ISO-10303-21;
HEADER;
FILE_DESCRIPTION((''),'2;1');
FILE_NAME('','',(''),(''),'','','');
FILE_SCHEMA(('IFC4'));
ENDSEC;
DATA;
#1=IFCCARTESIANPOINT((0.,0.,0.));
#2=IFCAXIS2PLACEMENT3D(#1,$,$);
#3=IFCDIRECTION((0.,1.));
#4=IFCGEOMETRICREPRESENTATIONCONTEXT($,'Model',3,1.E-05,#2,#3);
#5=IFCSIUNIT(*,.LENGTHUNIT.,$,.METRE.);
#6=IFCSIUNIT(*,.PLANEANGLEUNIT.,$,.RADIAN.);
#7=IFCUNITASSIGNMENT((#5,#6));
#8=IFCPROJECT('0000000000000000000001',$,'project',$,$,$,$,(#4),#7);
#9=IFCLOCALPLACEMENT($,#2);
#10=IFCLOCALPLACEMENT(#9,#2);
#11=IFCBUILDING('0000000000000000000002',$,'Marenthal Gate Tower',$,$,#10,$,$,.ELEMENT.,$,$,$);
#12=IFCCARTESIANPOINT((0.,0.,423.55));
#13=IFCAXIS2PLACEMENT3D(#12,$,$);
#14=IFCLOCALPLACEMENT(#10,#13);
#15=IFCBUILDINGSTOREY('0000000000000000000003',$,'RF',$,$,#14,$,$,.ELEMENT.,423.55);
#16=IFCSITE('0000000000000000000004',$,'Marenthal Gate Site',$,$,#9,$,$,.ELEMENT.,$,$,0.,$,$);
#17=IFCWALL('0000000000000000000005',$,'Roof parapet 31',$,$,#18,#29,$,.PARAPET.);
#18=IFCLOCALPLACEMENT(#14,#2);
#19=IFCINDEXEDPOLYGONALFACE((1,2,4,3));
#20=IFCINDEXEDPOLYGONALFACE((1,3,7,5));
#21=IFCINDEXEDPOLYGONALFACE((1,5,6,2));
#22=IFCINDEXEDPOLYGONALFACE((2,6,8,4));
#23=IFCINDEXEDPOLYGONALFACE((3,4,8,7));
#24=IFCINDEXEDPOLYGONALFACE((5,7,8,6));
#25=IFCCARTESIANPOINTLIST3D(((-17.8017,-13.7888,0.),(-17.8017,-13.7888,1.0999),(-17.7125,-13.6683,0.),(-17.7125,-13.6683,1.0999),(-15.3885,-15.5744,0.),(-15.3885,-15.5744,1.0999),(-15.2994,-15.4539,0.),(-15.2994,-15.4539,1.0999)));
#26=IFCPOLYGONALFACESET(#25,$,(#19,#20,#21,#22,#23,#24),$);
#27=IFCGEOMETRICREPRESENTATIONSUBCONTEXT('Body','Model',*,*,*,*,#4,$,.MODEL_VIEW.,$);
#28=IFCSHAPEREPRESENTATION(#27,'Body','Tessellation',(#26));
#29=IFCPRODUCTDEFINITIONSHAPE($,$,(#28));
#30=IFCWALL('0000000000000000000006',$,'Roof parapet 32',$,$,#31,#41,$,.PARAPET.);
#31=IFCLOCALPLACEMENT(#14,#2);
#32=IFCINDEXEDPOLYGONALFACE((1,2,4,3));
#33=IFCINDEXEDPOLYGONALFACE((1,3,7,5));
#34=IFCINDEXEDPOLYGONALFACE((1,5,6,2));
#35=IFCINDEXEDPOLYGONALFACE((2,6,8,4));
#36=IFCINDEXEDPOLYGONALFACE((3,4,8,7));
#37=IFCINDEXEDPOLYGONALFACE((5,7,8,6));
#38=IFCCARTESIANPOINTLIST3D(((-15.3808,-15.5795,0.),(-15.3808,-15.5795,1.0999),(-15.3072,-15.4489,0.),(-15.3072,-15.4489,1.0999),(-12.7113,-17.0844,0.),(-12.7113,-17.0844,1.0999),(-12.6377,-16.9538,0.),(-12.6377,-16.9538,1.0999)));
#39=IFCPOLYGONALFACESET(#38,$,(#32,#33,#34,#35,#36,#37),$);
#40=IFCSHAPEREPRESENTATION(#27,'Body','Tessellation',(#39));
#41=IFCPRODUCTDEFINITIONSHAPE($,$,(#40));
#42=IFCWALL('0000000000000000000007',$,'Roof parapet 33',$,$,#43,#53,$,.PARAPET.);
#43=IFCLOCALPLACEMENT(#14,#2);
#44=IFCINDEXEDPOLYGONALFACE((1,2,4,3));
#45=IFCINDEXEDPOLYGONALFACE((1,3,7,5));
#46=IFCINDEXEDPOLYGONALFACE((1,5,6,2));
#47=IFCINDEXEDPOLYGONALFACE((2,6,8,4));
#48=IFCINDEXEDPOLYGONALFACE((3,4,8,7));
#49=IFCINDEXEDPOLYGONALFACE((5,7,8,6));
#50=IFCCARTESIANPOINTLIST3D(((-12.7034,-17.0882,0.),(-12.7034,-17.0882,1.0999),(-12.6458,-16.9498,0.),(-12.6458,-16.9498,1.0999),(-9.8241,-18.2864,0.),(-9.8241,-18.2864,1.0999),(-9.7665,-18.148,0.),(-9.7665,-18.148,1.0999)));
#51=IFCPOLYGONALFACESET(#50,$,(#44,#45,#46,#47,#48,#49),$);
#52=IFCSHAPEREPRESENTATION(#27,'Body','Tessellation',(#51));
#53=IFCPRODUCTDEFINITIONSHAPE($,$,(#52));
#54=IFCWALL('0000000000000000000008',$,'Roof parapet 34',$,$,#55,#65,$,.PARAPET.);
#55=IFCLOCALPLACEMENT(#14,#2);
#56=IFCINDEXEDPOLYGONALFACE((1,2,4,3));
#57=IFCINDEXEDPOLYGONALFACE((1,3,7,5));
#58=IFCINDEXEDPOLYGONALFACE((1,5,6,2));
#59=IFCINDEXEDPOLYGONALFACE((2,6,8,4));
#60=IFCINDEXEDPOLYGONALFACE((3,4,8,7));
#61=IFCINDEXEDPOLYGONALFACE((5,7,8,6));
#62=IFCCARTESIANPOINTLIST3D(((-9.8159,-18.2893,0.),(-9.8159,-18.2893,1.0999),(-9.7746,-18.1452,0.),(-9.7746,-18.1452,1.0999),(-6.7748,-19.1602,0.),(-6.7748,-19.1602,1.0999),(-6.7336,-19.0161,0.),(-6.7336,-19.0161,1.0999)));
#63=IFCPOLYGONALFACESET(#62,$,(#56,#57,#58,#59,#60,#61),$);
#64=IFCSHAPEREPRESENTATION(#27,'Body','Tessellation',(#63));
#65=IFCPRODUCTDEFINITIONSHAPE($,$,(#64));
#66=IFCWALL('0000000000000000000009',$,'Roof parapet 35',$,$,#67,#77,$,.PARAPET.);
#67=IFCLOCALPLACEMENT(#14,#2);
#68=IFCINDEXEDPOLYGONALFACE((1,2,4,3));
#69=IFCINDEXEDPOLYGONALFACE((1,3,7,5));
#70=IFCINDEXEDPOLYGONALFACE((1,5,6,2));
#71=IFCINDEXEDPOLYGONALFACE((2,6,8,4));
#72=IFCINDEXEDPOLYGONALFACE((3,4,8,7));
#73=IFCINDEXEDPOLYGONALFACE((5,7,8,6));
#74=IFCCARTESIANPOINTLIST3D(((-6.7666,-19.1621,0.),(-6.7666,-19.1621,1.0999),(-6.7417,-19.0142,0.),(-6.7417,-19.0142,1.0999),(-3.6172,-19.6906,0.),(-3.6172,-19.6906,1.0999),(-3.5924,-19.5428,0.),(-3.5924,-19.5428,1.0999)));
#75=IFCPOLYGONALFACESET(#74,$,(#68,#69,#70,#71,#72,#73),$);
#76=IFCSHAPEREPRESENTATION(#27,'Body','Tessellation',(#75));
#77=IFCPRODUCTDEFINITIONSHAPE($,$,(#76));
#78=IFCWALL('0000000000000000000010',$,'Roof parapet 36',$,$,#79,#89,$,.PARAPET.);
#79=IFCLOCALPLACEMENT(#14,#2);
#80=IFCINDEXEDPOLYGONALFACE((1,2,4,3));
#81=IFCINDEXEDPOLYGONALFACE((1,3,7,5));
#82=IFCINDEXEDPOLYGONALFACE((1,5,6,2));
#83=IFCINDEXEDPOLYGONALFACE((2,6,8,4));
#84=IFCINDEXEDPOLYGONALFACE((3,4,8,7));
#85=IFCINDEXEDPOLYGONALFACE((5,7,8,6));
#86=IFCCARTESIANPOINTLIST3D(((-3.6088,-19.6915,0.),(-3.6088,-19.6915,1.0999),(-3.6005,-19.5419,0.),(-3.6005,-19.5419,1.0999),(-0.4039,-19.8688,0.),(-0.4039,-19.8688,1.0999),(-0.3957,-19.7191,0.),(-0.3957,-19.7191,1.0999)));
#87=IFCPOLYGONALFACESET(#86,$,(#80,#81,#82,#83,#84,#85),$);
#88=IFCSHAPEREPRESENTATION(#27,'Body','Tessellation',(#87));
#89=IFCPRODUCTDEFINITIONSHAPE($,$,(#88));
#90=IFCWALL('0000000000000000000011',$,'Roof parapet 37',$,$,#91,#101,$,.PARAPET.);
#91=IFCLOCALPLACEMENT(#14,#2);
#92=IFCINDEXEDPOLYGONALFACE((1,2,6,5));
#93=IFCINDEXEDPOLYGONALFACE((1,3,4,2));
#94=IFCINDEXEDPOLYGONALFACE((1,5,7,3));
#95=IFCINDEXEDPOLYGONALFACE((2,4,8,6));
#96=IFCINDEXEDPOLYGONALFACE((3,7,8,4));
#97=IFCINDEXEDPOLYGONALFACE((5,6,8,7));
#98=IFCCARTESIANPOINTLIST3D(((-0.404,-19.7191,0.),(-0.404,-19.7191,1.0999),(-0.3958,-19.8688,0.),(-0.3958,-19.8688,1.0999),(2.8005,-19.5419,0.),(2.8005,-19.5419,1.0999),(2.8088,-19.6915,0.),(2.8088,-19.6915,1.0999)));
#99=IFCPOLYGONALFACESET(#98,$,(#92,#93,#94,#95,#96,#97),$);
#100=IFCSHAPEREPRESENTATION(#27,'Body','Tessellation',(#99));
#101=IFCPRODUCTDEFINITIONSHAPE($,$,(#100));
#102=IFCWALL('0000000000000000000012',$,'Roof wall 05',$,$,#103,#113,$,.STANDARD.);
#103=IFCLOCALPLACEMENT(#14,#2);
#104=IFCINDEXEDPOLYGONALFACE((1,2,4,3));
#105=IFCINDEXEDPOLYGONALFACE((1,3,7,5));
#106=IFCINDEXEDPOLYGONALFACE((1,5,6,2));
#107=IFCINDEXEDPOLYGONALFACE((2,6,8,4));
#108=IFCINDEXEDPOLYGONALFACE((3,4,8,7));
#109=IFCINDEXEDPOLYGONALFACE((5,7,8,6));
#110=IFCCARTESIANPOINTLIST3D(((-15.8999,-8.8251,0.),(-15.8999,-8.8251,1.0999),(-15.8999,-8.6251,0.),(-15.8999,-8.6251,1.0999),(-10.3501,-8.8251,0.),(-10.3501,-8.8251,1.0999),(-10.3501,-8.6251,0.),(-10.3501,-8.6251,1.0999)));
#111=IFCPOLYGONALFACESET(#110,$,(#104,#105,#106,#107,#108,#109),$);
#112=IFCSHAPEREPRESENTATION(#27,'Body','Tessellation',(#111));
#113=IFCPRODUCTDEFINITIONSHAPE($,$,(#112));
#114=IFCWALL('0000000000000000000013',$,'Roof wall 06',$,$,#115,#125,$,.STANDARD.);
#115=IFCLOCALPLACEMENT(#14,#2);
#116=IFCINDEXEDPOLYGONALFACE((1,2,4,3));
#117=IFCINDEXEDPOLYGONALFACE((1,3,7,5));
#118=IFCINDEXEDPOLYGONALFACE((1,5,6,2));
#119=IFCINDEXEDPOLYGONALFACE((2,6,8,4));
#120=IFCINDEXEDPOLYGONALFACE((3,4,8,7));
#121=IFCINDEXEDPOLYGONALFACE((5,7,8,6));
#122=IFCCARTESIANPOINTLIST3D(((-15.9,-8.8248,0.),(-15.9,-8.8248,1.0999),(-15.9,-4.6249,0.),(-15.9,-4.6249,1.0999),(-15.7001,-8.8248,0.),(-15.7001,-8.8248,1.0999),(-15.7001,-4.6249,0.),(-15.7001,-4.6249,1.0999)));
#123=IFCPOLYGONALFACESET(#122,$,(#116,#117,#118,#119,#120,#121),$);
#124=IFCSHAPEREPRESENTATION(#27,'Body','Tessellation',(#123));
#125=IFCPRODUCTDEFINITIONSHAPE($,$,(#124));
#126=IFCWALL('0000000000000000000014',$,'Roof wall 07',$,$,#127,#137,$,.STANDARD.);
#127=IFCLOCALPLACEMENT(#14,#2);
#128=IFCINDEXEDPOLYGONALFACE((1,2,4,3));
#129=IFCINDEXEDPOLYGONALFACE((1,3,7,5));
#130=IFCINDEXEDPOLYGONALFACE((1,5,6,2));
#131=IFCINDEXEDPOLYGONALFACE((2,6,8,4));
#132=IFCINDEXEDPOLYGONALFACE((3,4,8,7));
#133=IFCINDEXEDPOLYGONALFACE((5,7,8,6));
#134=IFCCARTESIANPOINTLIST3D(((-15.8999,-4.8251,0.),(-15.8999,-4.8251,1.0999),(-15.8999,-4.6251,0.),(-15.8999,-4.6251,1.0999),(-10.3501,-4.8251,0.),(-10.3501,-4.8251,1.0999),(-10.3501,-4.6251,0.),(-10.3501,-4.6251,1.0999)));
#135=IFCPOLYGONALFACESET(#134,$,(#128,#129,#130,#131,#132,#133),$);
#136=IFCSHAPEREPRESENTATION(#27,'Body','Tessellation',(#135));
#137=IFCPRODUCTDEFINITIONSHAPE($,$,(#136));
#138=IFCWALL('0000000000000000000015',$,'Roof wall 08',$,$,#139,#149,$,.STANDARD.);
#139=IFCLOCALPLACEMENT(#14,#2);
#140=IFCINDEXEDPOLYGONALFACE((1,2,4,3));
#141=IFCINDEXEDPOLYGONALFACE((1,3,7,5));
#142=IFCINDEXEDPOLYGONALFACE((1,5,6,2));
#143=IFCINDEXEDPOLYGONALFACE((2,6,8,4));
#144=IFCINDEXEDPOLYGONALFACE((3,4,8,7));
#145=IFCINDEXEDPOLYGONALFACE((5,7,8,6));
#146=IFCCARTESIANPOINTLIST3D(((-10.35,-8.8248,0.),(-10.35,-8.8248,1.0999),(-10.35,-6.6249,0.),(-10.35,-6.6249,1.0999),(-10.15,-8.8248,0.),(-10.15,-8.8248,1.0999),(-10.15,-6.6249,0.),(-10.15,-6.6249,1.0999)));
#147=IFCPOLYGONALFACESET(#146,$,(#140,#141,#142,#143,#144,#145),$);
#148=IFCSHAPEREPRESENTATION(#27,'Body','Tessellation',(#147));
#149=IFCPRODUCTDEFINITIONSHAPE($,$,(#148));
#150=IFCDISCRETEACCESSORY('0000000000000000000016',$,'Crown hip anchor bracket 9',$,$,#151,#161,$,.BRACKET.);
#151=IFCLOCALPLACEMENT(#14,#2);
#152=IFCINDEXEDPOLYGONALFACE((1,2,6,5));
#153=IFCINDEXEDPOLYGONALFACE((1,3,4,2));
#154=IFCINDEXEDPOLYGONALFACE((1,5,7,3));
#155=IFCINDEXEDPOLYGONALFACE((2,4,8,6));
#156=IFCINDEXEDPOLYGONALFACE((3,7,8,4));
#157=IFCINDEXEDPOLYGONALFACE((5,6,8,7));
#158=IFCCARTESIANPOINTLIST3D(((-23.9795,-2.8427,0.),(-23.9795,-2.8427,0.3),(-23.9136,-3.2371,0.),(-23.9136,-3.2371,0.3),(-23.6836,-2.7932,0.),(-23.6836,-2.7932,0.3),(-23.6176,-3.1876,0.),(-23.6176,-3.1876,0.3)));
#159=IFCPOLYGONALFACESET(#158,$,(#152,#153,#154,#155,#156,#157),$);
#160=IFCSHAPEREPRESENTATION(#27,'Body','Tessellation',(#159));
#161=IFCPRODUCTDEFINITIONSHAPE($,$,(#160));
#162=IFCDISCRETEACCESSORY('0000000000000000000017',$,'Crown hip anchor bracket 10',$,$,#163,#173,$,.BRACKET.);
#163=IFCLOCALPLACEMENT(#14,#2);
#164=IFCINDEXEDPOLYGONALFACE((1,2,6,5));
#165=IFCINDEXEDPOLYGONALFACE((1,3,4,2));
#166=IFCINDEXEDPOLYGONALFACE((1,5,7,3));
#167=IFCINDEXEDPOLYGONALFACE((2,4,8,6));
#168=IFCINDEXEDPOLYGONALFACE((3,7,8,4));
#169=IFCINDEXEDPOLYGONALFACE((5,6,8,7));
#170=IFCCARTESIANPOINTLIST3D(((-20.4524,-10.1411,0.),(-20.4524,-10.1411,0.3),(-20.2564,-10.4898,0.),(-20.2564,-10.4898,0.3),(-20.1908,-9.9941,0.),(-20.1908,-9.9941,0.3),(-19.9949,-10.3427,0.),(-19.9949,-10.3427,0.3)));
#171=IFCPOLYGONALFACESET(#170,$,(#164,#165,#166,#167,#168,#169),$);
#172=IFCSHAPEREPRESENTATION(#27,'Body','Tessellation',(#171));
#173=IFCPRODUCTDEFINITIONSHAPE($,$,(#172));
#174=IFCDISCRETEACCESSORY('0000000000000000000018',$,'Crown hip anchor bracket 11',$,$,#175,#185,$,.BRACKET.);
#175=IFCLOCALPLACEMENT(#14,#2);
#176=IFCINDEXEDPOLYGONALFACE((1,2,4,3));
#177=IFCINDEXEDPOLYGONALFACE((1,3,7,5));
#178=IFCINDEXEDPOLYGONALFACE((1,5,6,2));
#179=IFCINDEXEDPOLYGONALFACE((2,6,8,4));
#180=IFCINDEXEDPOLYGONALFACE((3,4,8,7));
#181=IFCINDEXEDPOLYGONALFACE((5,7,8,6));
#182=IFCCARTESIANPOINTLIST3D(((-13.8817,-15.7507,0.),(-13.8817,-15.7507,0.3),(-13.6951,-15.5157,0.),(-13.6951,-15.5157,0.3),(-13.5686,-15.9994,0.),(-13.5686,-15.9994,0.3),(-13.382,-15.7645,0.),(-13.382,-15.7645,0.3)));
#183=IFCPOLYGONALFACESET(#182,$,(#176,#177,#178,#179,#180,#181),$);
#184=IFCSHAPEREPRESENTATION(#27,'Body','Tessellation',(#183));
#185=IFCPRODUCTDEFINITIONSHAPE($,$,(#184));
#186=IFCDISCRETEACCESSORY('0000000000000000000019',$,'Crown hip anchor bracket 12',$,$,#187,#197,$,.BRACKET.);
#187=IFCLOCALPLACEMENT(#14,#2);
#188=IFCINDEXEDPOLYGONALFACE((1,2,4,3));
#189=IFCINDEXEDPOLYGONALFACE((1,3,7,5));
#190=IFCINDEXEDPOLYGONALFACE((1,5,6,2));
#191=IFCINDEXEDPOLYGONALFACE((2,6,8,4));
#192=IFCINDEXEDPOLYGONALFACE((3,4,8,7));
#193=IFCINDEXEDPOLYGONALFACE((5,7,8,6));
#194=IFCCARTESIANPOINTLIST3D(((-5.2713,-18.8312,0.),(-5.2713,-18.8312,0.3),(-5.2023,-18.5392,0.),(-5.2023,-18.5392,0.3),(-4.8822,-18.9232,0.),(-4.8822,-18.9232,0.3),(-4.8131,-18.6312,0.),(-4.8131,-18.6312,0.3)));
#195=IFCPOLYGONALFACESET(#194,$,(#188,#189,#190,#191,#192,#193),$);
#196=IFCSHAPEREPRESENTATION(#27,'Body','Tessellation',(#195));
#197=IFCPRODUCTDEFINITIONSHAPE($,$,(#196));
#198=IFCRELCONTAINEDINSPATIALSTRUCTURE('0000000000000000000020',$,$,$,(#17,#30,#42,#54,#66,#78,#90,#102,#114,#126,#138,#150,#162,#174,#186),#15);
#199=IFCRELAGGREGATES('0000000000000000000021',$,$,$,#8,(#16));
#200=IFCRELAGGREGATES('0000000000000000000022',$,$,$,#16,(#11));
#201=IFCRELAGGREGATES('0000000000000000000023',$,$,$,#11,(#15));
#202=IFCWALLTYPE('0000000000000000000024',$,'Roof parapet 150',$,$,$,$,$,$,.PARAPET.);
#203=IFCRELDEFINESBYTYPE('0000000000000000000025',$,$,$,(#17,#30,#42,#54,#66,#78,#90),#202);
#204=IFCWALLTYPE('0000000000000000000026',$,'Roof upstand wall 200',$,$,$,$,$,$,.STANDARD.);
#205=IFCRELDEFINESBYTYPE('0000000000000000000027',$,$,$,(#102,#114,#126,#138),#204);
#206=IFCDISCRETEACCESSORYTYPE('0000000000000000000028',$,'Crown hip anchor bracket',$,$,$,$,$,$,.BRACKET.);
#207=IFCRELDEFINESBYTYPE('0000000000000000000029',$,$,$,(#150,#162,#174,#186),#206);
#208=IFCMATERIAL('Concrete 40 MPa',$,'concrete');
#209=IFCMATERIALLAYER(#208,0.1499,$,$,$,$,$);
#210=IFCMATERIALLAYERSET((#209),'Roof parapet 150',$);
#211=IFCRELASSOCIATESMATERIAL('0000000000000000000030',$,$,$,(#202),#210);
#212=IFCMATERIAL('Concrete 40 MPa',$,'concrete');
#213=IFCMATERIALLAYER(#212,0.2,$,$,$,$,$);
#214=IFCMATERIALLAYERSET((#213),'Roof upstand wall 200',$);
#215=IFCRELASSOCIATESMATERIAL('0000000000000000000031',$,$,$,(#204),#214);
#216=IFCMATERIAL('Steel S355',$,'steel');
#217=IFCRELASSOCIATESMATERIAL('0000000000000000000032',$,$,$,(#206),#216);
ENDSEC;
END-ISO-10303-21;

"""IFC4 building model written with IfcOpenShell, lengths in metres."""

from ifc_helpers import new_model, si_unit, direction, frame, frame_2d, origin, origin_2d, place, context, subcontext, project, spatial, rectangle, extrude, material, layer, layer_set, type_object, element, save


model = new_model("IFC4")

# Units and contexts
model_context = context("Model", 3, precision=1e-05, world=origin(), true_north=direction((0.0, 1.0)))
body_context = subcontext(model_context, "Body", "Model", "MODEL_VIEW")
ifc_project = project(units=[si_unit("LENGTHUNIT", "METRE"), si_unit("PLANEANGLEUNIT", "RADIAN")], contexts=[model_context])

# Site, building, storey
site_placement = place(None, origin())
site = spatial("IfcSite", under=ifc_project, at=site_placement, Name="Marenthal Gate Site", CompositionType="ELEMENT", RefElevation=0.0)
building_placement = place(site_placement, origin())
building = spatial("IfcBuilding", under=site, at=building_placement, Name="Marenthal Gate Tower", CompositionType="ELEMENT")
storey_placement = place(building_placement, frame((0.0, 0.0, 423.55)))
storey = spatial("IfcBuildingStorey", under=building, at=storey_placement, Name="RF", CompositionType="ELEMENT", Elevation=423.55)

# Walls
ifc_material_1 = material(Name="Concrete 40 MPa", Category="concrete")
ifc_layer_1 = layer(ifc_material_1, 0.1499)
ifc_layer_set_1 = layer_set([ifc_layer_1], Name="Roof parapet 150")
wall_type_1 = type_object("IfcWallType", Name="Roof parapet 150", PredefinedType="PARAPET", material=ifc_layer_set_1)
wall_1_placement = place(storey_placement, frame((-17.7571, -13.7285, 0.0), z_axis=(0.0, 0.0, 1.0), x_axis=(0.803848, -0.594835, 0.0)))
element("IfcWall", 1, at=wall_1_placement, inside=storey, type_object=wall_type_1, Name="Roof parapet 31", PredefinedType="PARAPET", context=body_context, shape_type="SweptSolid", body=[
    extrude(rectangle(XDim=3.002, YDim=0.1499, at=frame_2d((1.501, 0.0))), origin(), (0.0, 0.0, 1.0), 1.0999),
])
wall_2_placement = place(storey_placement, frame((-15.344, -15.5142, 0.0), z_axis=(0.0, 0.0, 1.0), x_axis=(0.871111, -0.491086, 0.0)))
element("IfcWall", 2, at=wall_2_placement, inside=storey, type_object=wall_type_1, Name="Roof parapet 32", PredefinedType="PARAPET", context=body_context, shape_type="SweptSolid", body=[
    extrude(rectangle(XDim=3.0645, YDim=0.1499, at=frame_2d((1.5322, 0.0))), origin(), (0.0, 0.0, 1.0), 1.0999),
])
wall_3_placement = place(storey_placement, frame((-12.6746, -17.019, 0.0), z_axis=(0.0, 0.0, 1.0), x_axis=(0.923248, -0.384204, 0.0)))
element("IfcWall", 3, at=wall_3_placement, inside=storey, type_object=wall_type_1, Name="Roof parapet 33", PredefinedType="PARAPET", context=body_context, shape_type="SweptSolid", body=[
    extrude(rectangle(XDim=3.1187, YDim=0.1499, at=frame_2d((1.5593, 0.0))), origin(), (0.0, 0.0, 1.0), 1.0999),
])
wall_4_placement = place(storey_placement, frame((-9.7952, -18.2173, 0.0), z_axis=(0.0, 0.0, 1.0), x_axis=(0.961358, -0.275302, 0.0)))
element("IfcWall", 4, at=wall_4_placement, inside=storey, type_object=wall_type_1, Name="Roof parapet 34", PredefinedType="PARAPET", context=body_context, shape_type="SweptSolid", body=[
    extrude(rectangle(XDim=3.1633, YDim=0.1499, at=frame_2d((1.5815, 0.0))), origin(), (0.0, 0.0, 1.0), 1.0999),
])
wall_5_placement = place(storey_placement, frame((-6.7542, -19.0881, 0.0), z_axis=(0.0, 0.0, 1.0), x_axis=(0.986207, -0.165515, 0.0)))
element("IfcWall", 5, at=wall_5_placement, inside=storey, type_object=wall_type_1, Name="Roof parapet 35", PredefinedType="PARAPET", context=body_context, shape_type="SweptSolid", body=[
    extrude(rectangle(XDim=3.1934, YDim=0.1499, at=frame_2d((1.5967, 0.0))), origin(), (0.0, 0.0, 1.0), 1.0999),
])
wall_6_placement = place(storey_placement, frame((-3.6047, -19.6167, 0.0), z_axis=(0.0, 0.0, 1.0), x_axis=(0.998474, -0.055221, 0.0)))
element("IfcWall", 6, at=wall_6_placement, inside=storey, type_object=wall_type_1, Name="Roof parapet 36", PredefinedType="PARAPET", context=body_context, shape_type="SweptSolid", body=[
    extrude(rectangle(XDim=3.2097, YDim=0.1499, at=frame_2d((1.605, 0.0))), origin(), (0.0, 0.0, 1.0), 1.0999),
])
wall_7_placement = place(storey_placement, frame((-0.3999, -19.7939, 0.0), z_axis=(0.0, 0.0, 1.0), x_axis=(0.998474, 0.055226, 0.0)))
element("IfcWall", 7, at=wall_7_placement, inside=storey, type_object=wall_type_1, Name="Roof parapet 37", PredefinedType="PARAPET", context=body_context, shape_type="SweptSolid", body=[
    extrude(rectangle(XDim=3.2095, YDim=0.1499, at=frame_2d((1.6047, 0.0))), origin(), (0.0, 0.0, 1.0), 1.0999),
])
ifc_material_2 = material(Name="Concrete 40 MPa", Category="concrete")
ifc_layer_2 = layer(ifc_material_2, 0.2)
ifc_layer_set_2 = layer_set([ifc_layer_2], Name="Roof upstand wall 200")
wall_type_2 = type_object("IfcWallType", Name="Roof upstand wall 200", PredefinedType="STANDARD", material=ifc_layer_set_2)
wall_8_placement = place(storey_placement, frame((-10.3501, -8.7251, 0.0), z_axis=(0.0, 0.0, 1.0), x_axis=(-1.0, 0.0, 0.0)))
element("IfcWall", 8, at=wall_8_placement, inside=storey, type_object=wall_type_2, Name="Roof wall 05", PredefinedType="STANDARD", context=body_context, shape_type="SweptSolid", body=[
    extrude(rectangle(XDim=5.5498, YDim=0.2, at=frame_2d((2.7749, 0.0))), origin(), (0.0, 0.0, 1.0), 1.0999),
])
wall_9_placement = place(storey_placement, frame((-15.8, -8.825, 0.0), z_axis=(0.0, 0.0, 1.0), x_axis=(0.0, 1.0, 0.0)))
element("IfcWall", 9, at=wall_9_placement, inside=storey, type_object=wall_type_2, Name="Roof wall 06", PredefinedType="STANDARD", context=body_context, shape_type="SweptSolid", body=[
    extrude(rectangle(XDim=4.2, YDim=0.2, at=frame_2d((2.1001, 0.0))), origin(), (0.0, 0.0, 1.0), 1.0999),
])
wall_10_placement = place(storey_placement, frame((-10.3501, -4.7251, 0.0), z_axis=(0.0, 0.0, 1.0), x_axis=(-1.0, 0.0, 0.0)))
element("IfcWall", 10, at=wall_10_placement, inside=storey, type_object=wall_type_2, Name="Roof wall 07", PredefinedType="STANDARD", context=body_context, shape_type="SweptSolid", body=[
    extrude(rectangle(XDim=5.5498, YDim=0.2, at=frame_2d((2.7749, 0.0))), origin(), (0.0, 0.0, 1.0), 1.0999),
])
wall_11_placement = place(storey_placement, frame((-10.25, -8.825, 0.0), z_axis=(0.0, 0.0, 1.0), x_axis=(0.0, 1.0, 0.0)))
element("IfcWall", 11, at=wall_11_placement, inside=storey, type_object=wall_type_2, Name="Roof wall 08", PredefinedType="STANDARD", context=body_context, shape_type="SweptSolid", body=[
    extrude(rectangle(XDim=2.2, YDim=0.2, at=frame_2d((1.1001, 0.0))), origin(), (0.0, 0.0, 1.0), 1.0999),
])

# Discrete accessories
ifc_material_3 = material(Name="Steel S355", Category="steel")
discrete_accessory_type = type_object("IfcDiscreteAccessoryType", Name="Crown hip anchor bracket", PredefinedType="BRACKET", material=ifc_material_3)
for number, where, z_axis, x_axis, name in (
    (12, (-23.7986, -3.0151, 0.0), (0.0, 0.0, 1.0), (-0.165026, 0.986289, 0.0), "Crown hip anchor bracket 9"),
    (13, (-20.2236, -10.2419, 0.0), (0.0, 0.0, 1.0), (-0.489966, 0.871742, 0.0), "Crown hip anchor bracket 10"),
    (14, (-13.6318, -15.7576, 0.0), (0.0, 0.0, 1.0), (-0.783026, 0.621989, 0.0), "Crown hip anchor bracket 11"),
    (15, (-5.0422, -18.7312, 0.0), (0.0, 0.0, 1.0), (-0.973161, 0.230123, 0.0), "Crown hip anchor bracket 12"),
):
    element("IfcDiscreteAccessory", number, at=place(storey_placement, frame(where, z_axis=z_axis, x_axis=x_axis)), inside=storey, type_object=discrete_accessory_type, Name=name, PredefinedType="BRACKET", context=body_context, shape_type="SweptSolid", body=[
        extrude(rectangle(XDim=0.3999, YDim=0.3, at=origin_2d()), origin(), (0.0, 0.0, 1.0), 0.3),
    ])

save(model, "model.ifc")
